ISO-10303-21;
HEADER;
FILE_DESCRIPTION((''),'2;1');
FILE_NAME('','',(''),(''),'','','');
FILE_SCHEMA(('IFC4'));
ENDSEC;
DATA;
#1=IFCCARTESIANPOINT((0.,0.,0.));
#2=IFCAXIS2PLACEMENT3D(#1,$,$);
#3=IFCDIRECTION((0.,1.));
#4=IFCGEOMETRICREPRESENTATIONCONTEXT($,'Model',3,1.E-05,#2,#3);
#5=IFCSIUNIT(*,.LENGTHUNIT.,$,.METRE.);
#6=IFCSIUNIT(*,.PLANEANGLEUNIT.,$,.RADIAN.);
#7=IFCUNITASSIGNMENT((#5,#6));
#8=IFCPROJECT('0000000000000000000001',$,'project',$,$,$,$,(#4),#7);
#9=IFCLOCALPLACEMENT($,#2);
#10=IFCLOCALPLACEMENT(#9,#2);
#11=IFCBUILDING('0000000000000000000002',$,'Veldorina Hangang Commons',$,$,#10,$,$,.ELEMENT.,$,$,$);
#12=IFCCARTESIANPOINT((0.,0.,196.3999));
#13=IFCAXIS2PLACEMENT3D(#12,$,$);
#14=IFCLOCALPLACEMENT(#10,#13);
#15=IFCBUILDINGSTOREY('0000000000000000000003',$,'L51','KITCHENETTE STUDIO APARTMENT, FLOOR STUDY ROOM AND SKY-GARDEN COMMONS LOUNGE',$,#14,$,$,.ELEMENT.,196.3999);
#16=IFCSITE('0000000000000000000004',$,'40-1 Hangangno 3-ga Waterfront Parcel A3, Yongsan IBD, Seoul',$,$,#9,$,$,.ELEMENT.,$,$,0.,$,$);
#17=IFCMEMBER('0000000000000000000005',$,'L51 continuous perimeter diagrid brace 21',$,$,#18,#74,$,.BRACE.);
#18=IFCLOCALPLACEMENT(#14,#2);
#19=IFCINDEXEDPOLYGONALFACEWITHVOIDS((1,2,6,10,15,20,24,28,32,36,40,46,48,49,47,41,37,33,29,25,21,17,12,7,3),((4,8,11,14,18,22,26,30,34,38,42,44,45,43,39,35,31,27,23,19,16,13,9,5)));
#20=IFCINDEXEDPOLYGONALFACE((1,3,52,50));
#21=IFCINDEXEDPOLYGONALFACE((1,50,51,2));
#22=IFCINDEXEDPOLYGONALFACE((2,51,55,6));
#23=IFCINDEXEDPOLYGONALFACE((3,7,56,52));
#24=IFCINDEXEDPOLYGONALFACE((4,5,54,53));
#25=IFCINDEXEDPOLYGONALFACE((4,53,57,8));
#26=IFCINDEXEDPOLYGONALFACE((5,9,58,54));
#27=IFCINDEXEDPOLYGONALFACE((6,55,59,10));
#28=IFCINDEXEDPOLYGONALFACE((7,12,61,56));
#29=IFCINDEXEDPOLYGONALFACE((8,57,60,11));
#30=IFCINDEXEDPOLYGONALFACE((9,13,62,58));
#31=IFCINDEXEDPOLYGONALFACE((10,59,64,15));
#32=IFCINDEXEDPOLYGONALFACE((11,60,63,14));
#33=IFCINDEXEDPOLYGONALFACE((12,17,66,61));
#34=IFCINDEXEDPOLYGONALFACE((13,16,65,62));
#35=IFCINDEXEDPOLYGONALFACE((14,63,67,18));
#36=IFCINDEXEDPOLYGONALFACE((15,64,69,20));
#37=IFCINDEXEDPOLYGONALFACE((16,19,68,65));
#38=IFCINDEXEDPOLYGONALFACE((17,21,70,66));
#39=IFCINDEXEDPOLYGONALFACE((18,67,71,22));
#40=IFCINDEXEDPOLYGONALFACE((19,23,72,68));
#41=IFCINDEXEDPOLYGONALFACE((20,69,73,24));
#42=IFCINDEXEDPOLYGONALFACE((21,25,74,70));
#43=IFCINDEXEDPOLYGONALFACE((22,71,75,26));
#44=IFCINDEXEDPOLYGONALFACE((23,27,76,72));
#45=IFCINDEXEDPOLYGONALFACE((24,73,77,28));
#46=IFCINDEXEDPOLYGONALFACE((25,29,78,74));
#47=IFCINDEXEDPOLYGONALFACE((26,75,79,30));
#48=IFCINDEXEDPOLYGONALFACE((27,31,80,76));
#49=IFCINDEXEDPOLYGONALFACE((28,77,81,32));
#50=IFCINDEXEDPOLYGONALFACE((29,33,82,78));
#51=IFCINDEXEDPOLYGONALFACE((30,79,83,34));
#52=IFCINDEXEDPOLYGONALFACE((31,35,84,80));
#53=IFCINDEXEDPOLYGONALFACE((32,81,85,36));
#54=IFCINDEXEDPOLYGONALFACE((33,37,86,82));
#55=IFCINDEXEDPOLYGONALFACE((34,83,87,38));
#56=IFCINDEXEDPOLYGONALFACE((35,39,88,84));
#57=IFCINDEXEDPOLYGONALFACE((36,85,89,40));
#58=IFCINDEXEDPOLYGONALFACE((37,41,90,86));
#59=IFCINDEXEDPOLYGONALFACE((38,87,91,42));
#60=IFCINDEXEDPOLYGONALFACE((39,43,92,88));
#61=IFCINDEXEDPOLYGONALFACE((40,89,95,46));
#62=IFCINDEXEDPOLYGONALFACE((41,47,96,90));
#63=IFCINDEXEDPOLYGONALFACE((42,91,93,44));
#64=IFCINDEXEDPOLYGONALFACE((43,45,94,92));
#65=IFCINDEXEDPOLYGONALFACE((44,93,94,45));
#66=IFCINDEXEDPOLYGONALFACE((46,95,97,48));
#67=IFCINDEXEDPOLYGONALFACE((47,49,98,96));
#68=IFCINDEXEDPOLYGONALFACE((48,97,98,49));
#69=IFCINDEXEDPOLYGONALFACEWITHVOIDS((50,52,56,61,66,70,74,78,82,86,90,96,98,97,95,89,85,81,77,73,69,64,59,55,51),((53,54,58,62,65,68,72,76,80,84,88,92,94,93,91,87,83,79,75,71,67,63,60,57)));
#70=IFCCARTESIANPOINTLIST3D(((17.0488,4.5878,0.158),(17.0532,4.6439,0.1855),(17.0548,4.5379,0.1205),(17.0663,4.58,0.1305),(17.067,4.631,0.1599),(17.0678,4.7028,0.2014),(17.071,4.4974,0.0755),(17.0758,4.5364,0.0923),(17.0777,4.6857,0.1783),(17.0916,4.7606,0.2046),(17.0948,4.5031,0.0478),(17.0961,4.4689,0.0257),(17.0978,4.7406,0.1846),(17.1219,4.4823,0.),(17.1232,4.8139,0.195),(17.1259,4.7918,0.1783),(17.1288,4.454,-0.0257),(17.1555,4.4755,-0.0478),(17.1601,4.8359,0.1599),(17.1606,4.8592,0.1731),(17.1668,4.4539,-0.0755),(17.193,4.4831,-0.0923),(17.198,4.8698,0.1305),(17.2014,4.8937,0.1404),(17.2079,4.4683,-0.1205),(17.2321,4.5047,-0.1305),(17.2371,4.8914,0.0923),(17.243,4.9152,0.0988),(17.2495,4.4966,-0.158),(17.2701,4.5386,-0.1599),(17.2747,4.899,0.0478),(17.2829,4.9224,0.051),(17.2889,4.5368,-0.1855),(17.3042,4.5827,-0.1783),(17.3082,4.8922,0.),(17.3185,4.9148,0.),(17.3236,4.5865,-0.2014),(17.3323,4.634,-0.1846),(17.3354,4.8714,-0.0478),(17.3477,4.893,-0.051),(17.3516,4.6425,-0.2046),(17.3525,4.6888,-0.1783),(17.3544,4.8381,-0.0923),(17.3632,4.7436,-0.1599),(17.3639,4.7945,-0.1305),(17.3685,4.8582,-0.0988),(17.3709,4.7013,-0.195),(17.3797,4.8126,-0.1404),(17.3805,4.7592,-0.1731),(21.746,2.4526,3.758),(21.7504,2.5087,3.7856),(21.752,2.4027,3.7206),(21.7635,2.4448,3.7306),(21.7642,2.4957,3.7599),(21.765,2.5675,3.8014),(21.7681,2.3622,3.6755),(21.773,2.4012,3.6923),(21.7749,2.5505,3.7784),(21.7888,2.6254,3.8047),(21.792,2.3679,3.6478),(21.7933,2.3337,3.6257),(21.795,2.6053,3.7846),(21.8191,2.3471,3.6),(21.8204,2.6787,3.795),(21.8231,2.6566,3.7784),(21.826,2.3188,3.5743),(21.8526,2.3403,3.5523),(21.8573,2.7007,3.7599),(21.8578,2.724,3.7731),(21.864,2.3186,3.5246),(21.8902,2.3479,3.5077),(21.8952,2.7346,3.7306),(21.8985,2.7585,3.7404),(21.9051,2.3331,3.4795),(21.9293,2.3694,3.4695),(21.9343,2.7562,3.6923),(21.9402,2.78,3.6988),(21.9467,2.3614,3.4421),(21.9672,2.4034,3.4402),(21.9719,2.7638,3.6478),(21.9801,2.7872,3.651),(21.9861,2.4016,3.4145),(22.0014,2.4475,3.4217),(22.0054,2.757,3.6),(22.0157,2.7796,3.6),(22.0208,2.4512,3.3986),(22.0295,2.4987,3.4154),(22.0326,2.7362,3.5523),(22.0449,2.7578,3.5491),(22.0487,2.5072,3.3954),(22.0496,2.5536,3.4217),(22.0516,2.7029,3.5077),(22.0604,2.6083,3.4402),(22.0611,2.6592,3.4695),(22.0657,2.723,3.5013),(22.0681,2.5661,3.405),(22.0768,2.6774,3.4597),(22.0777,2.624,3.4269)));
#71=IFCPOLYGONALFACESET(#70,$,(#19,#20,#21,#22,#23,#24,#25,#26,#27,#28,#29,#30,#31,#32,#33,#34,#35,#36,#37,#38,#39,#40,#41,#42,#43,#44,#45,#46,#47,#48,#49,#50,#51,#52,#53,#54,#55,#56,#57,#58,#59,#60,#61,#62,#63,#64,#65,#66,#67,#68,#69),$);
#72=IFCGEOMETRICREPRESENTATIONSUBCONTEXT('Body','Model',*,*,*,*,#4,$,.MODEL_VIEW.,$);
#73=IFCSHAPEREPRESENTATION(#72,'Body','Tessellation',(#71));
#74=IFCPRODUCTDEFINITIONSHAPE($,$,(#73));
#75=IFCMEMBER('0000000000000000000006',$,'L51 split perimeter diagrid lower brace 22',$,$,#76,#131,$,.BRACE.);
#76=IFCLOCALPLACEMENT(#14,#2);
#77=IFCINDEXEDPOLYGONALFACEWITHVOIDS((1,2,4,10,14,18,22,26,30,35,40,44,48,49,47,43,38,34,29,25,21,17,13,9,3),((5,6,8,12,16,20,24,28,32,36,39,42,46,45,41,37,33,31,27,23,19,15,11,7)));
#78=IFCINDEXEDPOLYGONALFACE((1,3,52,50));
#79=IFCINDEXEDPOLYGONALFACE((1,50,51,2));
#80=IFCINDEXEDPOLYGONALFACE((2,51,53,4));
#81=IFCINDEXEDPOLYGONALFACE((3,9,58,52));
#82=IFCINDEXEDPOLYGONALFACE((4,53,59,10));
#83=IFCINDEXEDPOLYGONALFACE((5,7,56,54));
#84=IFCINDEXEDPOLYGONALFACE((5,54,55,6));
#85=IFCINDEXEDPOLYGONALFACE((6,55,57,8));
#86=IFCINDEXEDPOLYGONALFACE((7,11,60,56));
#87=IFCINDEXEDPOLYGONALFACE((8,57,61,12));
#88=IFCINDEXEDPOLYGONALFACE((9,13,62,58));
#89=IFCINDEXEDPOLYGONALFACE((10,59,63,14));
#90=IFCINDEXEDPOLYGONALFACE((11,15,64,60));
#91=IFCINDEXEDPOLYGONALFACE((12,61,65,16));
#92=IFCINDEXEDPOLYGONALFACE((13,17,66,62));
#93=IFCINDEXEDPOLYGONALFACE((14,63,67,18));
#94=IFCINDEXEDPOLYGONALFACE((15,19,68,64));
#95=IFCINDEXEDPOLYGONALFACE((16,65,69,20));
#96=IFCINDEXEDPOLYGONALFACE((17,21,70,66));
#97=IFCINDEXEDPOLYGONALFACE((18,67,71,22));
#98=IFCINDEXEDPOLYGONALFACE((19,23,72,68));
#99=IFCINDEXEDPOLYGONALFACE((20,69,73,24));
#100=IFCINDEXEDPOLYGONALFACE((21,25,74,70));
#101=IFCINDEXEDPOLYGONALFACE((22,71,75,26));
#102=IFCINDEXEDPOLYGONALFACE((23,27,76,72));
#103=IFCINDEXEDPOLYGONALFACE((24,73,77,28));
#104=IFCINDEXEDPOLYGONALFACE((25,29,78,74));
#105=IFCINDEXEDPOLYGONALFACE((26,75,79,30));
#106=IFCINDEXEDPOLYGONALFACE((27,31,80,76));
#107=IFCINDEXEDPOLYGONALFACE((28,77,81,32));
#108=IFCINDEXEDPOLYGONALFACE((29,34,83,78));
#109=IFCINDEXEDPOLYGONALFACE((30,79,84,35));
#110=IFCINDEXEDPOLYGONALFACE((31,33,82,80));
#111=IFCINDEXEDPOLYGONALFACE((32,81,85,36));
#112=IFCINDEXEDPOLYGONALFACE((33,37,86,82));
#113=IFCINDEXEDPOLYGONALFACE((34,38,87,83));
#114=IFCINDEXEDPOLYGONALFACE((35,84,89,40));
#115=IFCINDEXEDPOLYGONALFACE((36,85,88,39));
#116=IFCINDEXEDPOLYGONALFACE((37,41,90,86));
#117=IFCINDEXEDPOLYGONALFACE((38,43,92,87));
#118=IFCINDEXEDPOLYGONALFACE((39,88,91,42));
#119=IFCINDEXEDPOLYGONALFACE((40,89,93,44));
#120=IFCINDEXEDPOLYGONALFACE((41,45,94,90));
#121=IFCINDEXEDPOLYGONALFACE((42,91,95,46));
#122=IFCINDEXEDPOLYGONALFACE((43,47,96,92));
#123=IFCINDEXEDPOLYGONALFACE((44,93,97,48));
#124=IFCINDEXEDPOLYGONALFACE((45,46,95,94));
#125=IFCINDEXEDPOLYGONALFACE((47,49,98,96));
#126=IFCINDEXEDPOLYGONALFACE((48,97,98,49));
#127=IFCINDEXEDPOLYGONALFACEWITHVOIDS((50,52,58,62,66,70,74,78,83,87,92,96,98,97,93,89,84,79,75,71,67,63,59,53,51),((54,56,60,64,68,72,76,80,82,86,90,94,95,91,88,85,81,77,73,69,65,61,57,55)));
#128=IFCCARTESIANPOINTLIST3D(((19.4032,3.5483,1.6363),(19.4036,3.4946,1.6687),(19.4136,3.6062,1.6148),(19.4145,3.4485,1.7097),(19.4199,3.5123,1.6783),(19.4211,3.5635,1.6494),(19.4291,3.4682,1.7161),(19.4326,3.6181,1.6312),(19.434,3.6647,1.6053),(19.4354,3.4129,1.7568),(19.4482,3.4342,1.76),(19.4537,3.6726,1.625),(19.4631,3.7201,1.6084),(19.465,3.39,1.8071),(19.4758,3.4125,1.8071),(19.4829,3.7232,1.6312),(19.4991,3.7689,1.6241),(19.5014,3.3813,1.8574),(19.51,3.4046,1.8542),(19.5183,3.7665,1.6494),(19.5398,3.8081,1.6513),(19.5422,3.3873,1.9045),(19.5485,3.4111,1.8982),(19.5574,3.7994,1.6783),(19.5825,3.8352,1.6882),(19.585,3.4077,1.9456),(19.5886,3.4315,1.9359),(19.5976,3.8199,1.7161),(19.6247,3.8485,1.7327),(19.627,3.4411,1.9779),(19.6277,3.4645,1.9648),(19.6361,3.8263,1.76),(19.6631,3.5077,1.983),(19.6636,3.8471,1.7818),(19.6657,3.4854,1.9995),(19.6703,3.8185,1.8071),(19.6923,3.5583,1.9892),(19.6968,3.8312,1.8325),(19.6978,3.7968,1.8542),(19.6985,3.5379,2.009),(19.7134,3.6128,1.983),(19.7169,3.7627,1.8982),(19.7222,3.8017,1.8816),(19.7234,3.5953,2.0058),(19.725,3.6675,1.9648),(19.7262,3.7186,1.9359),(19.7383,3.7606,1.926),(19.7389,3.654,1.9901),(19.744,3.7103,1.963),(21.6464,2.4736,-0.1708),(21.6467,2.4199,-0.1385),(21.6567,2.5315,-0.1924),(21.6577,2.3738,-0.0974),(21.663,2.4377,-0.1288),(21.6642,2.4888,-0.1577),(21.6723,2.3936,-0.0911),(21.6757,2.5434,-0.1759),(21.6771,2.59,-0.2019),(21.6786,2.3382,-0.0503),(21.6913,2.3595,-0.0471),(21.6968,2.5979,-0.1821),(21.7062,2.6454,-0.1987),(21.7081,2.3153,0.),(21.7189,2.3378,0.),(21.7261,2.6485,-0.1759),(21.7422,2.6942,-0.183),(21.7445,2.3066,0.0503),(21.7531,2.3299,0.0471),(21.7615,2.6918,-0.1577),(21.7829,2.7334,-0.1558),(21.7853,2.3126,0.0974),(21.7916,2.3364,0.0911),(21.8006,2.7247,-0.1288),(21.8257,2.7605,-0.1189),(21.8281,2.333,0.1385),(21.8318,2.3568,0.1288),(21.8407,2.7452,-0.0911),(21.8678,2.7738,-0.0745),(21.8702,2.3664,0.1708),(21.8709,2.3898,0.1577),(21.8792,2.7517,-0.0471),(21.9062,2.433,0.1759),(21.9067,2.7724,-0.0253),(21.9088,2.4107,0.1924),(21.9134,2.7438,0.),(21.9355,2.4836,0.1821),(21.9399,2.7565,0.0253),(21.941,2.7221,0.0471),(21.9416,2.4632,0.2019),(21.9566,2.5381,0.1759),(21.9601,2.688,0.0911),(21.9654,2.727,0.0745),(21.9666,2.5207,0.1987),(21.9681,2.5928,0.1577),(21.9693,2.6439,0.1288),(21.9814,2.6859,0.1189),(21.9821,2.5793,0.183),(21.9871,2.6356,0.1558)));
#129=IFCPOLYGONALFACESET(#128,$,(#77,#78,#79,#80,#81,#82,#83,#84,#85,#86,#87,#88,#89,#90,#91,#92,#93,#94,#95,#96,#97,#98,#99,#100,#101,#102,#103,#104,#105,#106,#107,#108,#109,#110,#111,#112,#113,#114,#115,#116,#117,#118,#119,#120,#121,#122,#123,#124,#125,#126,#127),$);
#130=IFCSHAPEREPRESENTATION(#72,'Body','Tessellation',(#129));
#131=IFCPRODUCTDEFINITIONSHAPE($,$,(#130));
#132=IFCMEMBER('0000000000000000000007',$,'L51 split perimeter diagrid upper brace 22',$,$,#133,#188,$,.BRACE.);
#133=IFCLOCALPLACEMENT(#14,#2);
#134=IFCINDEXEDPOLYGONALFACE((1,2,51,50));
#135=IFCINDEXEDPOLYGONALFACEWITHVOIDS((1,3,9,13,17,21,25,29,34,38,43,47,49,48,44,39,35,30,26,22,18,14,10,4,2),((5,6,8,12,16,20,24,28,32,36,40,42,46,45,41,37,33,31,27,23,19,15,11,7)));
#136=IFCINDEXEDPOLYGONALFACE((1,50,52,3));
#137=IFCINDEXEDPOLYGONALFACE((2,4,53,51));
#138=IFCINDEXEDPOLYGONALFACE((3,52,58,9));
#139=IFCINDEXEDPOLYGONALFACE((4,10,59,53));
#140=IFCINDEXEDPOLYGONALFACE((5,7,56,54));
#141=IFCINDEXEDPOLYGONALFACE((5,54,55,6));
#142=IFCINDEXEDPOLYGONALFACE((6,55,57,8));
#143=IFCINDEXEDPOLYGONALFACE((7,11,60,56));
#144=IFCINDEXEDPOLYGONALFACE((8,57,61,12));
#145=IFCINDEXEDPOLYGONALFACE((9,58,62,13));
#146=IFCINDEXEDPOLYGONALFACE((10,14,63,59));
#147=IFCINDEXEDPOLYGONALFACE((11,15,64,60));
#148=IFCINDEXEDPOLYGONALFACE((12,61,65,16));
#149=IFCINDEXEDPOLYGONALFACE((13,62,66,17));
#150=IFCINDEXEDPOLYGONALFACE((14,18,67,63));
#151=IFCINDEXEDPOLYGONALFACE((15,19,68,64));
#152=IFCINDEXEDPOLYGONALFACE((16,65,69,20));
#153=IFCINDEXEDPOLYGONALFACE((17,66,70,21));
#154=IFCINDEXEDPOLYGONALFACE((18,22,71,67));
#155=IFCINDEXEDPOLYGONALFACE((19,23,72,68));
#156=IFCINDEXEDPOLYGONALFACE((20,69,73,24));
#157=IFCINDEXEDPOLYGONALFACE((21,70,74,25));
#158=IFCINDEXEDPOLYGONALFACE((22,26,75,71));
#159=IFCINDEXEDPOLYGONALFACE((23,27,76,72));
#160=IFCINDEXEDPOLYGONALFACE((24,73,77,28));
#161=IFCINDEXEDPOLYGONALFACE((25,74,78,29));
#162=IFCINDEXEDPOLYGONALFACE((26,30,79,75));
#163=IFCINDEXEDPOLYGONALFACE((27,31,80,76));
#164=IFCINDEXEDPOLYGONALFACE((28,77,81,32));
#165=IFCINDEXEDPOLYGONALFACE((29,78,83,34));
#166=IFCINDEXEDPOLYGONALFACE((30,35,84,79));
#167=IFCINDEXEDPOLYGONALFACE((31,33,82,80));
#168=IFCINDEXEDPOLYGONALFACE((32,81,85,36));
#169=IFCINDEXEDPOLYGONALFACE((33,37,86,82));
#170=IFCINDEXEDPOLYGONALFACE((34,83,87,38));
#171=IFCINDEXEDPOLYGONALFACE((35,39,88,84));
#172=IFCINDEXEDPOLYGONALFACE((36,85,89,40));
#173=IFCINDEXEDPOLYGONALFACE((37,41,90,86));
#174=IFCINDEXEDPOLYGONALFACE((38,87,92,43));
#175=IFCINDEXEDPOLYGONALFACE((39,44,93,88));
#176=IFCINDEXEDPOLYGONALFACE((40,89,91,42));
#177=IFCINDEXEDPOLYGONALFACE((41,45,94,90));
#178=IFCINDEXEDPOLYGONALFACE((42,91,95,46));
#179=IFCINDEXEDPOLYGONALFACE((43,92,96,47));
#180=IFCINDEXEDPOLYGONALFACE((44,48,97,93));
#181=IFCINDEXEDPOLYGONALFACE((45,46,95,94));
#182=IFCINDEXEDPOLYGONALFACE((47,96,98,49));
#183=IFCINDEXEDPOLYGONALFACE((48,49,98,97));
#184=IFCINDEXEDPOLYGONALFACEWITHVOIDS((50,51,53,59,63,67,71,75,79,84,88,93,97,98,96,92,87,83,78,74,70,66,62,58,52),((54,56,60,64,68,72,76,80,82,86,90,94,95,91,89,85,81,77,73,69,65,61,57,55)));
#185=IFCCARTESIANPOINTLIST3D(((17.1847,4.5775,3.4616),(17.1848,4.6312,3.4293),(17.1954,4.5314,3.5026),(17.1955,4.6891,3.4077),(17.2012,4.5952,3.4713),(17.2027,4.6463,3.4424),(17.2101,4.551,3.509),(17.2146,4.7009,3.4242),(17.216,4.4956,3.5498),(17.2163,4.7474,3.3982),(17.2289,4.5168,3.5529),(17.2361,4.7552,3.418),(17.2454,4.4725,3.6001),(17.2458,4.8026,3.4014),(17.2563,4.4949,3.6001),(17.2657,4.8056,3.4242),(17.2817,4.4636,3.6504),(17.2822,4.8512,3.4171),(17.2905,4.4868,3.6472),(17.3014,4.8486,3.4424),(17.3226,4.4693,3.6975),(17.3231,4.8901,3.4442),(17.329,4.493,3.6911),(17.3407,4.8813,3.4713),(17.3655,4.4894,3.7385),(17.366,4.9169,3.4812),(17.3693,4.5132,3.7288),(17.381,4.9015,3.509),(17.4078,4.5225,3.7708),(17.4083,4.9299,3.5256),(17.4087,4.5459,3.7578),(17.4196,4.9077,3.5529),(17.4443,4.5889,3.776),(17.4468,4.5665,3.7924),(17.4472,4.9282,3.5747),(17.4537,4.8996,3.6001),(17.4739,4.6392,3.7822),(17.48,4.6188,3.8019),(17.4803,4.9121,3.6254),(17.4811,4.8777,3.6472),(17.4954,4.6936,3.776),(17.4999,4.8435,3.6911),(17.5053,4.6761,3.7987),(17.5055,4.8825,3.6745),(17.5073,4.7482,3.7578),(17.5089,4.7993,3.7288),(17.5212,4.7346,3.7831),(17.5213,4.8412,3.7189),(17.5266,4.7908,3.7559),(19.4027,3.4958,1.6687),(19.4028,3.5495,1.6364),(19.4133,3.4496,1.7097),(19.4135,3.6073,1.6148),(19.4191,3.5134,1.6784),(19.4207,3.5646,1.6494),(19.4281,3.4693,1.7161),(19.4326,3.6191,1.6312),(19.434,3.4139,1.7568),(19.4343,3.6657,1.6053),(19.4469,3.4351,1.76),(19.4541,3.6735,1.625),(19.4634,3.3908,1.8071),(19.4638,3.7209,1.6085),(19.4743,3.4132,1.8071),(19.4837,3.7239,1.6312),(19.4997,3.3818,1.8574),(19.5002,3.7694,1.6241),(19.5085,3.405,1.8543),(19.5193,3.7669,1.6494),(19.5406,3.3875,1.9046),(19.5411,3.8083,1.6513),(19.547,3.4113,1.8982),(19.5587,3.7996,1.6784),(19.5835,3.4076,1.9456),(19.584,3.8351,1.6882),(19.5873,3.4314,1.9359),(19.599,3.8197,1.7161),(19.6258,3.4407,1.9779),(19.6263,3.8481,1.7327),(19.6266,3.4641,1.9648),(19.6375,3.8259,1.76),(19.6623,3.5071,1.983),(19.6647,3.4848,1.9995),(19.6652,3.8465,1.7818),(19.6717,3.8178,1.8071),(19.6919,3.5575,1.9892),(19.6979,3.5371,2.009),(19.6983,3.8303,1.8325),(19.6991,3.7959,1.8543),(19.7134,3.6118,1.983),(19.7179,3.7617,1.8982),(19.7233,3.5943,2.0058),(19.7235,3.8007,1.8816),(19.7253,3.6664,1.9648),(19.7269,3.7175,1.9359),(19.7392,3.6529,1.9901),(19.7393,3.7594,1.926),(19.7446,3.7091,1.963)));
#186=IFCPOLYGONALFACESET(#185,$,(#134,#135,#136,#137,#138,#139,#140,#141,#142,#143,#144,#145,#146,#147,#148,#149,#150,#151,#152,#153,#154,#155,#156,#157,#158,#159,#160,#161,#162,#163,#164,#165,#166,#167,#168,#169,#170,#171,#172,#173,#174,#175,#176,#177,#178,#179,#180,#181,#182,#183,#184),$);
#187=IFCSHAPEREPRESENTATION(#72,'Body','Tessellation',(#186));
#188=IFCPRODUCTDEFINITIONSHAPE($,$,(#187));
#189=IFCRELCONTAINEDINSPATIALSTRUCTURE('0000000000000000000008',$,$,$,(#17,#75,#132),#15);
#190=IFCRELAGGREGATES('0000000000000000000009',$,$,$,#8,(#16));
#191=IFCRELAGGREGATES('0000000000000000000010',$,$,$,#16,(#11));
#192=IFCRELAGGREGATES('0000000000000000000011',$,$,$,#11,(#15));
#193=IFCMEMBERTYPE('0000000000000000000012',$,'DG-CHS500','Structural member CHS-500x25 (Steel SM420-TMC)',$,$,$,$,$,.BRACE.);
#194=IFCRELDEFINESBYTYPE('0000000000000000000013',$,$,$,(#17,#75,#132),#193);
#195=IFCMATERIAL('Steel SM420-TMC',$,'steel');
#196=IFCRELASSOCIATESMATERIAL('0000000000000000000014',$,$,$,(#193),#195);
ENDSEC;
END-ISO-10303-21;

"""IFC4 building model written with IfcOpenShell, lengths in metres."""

from ifc_helpers import new_model, si_unit, direction, frame, origin, origin_2d, place, context, subcontext, project, spatial, hollow_circle, extrude, material, material_profile, profile_set, type_object, element, save


model = new_model("IFC4")

# Units and contexts
model_context = context("Model", 3, precision=1e-05, world=origin(), true_north=direction((0.0, 1.0)))
body_context = subcontext(model_context, "Body", "Model", "MODEL_VIEW")
ifc_project = project(units=[si_unit("LENGTHUNIT", "METRE"), si_unit("PLANEANGLEUNIT", "RADIAN")], contexts=[model_context])

# Site, building, storey
site_placement = place(None, origin())
site = spatial("IfcSite", under=ifc_project, at=site_placement, Name="40-1 Hangangno 3-ga Waterfront Parcel A3, Yongsan IBD, Seoul", CompositionType="ELEMENT", RefElevation=0.0)
building_placement = place(site_placement, origin())
building = spatial("IfcBuilding", under=site, at=building_placement, Name="Veldorina Hangang Commons", CompositionType="ELEMENT")
storey_placement = place(building_placement, frame((0.0, 0.0, 196.3999)))
storey = spatial("IfcBuildingStorey", under=building, at=storey_placement, Name="L51", Description="KITCHENETTE STUDIO APARTMENT, FLOOR STUDY ROOM AND SKY-GARDEN COMMONS LOUNGE", CompositionType="ELEMENT", Elevation=196.3999)

# Shared definitions
ifc_material_1 = material(Name="Steel SM420-TMC", Category="steel")

# Members
ifc_material_profile_1 = material_profile(ifc_material_1, hollow_circle(Radius=0.25, WallThickness=0.0249, at=origin_2d()), Name="CHS-500x25")
ifc_profile_set_1 = profile_set([ifc_material_profile_1], Name="Steel SM420-TMC")
member_type_1 = type_object("IfcMemberType", Name="DG-CHS500", Description="Structural member CHS-500x25 (Steel SM420-TMC)", PredefinedType="BRACE", material=ifc_profile_set_1)
member_1_placement = place(storey_placement, frame((17.2151, 4.6873, 0.0), z_axis=(0.746592, -0.339381, 0.572206), x_axis=(0.413824, 0.910357, 0.0)))
element("IfcMember", 1, at=member_1_placement, inside=storey, type_object=member_type_1, Name="L51 continuous perimeter diagrid brace 21", PredefinedType="BRACE", context=body_context, shape_type="SweptSolid", body=[
    extrude(hollow_circle(Radius=0.25, WallThickness=0.0249, at=origin_2d()), origin(), (0.0, 0.0, 1.0), 6.2915),
])
member_2_placement = place(storey_placement, frame((21.8162, 2.5408, 0.0), z_axis=(-0.729605, 0.349556, 0.587781), x_axis=(-0.432074, -0.901838, 0.0)))
element("IfcMember", 2, at=member_2_placement, inside=storey, type_object=member_type_1, Name="L51 split perimeter diagrid lower brace 22", PredefinedType="BRACE", context=body_context, shape_type="SweptSolid", body=[
    extrude(hollow_circle(Radius=0.25, WallThickness=0.0249, at=origin_2d()), origin(), (0.0, 0.0, 1.0), 3.0745),
])
member_3_placement = place(storey_placement, frame((19.573, 3.6155, 1.8071), z_axis=(-0.727137, 0.354644, 0.587792), x_axis=(-0.438367, -0.898796, 0.0)))
element("IfcMember", 3, at=member_3_placement, inside=storey, type_object=member_type_1, Name="L51 split perimeter diagrid upper brace 22", PredefinedType="BRACE", context=body_context, shape_type="SweptSolid", body=[
    extrude(hollow_circle(Radius=0.25, WallThickness=0.0249, at=origin_2d()), origin(), (0.0, 0.0, 1.0), 3.0503),
])

save(model, "model.ifc")
